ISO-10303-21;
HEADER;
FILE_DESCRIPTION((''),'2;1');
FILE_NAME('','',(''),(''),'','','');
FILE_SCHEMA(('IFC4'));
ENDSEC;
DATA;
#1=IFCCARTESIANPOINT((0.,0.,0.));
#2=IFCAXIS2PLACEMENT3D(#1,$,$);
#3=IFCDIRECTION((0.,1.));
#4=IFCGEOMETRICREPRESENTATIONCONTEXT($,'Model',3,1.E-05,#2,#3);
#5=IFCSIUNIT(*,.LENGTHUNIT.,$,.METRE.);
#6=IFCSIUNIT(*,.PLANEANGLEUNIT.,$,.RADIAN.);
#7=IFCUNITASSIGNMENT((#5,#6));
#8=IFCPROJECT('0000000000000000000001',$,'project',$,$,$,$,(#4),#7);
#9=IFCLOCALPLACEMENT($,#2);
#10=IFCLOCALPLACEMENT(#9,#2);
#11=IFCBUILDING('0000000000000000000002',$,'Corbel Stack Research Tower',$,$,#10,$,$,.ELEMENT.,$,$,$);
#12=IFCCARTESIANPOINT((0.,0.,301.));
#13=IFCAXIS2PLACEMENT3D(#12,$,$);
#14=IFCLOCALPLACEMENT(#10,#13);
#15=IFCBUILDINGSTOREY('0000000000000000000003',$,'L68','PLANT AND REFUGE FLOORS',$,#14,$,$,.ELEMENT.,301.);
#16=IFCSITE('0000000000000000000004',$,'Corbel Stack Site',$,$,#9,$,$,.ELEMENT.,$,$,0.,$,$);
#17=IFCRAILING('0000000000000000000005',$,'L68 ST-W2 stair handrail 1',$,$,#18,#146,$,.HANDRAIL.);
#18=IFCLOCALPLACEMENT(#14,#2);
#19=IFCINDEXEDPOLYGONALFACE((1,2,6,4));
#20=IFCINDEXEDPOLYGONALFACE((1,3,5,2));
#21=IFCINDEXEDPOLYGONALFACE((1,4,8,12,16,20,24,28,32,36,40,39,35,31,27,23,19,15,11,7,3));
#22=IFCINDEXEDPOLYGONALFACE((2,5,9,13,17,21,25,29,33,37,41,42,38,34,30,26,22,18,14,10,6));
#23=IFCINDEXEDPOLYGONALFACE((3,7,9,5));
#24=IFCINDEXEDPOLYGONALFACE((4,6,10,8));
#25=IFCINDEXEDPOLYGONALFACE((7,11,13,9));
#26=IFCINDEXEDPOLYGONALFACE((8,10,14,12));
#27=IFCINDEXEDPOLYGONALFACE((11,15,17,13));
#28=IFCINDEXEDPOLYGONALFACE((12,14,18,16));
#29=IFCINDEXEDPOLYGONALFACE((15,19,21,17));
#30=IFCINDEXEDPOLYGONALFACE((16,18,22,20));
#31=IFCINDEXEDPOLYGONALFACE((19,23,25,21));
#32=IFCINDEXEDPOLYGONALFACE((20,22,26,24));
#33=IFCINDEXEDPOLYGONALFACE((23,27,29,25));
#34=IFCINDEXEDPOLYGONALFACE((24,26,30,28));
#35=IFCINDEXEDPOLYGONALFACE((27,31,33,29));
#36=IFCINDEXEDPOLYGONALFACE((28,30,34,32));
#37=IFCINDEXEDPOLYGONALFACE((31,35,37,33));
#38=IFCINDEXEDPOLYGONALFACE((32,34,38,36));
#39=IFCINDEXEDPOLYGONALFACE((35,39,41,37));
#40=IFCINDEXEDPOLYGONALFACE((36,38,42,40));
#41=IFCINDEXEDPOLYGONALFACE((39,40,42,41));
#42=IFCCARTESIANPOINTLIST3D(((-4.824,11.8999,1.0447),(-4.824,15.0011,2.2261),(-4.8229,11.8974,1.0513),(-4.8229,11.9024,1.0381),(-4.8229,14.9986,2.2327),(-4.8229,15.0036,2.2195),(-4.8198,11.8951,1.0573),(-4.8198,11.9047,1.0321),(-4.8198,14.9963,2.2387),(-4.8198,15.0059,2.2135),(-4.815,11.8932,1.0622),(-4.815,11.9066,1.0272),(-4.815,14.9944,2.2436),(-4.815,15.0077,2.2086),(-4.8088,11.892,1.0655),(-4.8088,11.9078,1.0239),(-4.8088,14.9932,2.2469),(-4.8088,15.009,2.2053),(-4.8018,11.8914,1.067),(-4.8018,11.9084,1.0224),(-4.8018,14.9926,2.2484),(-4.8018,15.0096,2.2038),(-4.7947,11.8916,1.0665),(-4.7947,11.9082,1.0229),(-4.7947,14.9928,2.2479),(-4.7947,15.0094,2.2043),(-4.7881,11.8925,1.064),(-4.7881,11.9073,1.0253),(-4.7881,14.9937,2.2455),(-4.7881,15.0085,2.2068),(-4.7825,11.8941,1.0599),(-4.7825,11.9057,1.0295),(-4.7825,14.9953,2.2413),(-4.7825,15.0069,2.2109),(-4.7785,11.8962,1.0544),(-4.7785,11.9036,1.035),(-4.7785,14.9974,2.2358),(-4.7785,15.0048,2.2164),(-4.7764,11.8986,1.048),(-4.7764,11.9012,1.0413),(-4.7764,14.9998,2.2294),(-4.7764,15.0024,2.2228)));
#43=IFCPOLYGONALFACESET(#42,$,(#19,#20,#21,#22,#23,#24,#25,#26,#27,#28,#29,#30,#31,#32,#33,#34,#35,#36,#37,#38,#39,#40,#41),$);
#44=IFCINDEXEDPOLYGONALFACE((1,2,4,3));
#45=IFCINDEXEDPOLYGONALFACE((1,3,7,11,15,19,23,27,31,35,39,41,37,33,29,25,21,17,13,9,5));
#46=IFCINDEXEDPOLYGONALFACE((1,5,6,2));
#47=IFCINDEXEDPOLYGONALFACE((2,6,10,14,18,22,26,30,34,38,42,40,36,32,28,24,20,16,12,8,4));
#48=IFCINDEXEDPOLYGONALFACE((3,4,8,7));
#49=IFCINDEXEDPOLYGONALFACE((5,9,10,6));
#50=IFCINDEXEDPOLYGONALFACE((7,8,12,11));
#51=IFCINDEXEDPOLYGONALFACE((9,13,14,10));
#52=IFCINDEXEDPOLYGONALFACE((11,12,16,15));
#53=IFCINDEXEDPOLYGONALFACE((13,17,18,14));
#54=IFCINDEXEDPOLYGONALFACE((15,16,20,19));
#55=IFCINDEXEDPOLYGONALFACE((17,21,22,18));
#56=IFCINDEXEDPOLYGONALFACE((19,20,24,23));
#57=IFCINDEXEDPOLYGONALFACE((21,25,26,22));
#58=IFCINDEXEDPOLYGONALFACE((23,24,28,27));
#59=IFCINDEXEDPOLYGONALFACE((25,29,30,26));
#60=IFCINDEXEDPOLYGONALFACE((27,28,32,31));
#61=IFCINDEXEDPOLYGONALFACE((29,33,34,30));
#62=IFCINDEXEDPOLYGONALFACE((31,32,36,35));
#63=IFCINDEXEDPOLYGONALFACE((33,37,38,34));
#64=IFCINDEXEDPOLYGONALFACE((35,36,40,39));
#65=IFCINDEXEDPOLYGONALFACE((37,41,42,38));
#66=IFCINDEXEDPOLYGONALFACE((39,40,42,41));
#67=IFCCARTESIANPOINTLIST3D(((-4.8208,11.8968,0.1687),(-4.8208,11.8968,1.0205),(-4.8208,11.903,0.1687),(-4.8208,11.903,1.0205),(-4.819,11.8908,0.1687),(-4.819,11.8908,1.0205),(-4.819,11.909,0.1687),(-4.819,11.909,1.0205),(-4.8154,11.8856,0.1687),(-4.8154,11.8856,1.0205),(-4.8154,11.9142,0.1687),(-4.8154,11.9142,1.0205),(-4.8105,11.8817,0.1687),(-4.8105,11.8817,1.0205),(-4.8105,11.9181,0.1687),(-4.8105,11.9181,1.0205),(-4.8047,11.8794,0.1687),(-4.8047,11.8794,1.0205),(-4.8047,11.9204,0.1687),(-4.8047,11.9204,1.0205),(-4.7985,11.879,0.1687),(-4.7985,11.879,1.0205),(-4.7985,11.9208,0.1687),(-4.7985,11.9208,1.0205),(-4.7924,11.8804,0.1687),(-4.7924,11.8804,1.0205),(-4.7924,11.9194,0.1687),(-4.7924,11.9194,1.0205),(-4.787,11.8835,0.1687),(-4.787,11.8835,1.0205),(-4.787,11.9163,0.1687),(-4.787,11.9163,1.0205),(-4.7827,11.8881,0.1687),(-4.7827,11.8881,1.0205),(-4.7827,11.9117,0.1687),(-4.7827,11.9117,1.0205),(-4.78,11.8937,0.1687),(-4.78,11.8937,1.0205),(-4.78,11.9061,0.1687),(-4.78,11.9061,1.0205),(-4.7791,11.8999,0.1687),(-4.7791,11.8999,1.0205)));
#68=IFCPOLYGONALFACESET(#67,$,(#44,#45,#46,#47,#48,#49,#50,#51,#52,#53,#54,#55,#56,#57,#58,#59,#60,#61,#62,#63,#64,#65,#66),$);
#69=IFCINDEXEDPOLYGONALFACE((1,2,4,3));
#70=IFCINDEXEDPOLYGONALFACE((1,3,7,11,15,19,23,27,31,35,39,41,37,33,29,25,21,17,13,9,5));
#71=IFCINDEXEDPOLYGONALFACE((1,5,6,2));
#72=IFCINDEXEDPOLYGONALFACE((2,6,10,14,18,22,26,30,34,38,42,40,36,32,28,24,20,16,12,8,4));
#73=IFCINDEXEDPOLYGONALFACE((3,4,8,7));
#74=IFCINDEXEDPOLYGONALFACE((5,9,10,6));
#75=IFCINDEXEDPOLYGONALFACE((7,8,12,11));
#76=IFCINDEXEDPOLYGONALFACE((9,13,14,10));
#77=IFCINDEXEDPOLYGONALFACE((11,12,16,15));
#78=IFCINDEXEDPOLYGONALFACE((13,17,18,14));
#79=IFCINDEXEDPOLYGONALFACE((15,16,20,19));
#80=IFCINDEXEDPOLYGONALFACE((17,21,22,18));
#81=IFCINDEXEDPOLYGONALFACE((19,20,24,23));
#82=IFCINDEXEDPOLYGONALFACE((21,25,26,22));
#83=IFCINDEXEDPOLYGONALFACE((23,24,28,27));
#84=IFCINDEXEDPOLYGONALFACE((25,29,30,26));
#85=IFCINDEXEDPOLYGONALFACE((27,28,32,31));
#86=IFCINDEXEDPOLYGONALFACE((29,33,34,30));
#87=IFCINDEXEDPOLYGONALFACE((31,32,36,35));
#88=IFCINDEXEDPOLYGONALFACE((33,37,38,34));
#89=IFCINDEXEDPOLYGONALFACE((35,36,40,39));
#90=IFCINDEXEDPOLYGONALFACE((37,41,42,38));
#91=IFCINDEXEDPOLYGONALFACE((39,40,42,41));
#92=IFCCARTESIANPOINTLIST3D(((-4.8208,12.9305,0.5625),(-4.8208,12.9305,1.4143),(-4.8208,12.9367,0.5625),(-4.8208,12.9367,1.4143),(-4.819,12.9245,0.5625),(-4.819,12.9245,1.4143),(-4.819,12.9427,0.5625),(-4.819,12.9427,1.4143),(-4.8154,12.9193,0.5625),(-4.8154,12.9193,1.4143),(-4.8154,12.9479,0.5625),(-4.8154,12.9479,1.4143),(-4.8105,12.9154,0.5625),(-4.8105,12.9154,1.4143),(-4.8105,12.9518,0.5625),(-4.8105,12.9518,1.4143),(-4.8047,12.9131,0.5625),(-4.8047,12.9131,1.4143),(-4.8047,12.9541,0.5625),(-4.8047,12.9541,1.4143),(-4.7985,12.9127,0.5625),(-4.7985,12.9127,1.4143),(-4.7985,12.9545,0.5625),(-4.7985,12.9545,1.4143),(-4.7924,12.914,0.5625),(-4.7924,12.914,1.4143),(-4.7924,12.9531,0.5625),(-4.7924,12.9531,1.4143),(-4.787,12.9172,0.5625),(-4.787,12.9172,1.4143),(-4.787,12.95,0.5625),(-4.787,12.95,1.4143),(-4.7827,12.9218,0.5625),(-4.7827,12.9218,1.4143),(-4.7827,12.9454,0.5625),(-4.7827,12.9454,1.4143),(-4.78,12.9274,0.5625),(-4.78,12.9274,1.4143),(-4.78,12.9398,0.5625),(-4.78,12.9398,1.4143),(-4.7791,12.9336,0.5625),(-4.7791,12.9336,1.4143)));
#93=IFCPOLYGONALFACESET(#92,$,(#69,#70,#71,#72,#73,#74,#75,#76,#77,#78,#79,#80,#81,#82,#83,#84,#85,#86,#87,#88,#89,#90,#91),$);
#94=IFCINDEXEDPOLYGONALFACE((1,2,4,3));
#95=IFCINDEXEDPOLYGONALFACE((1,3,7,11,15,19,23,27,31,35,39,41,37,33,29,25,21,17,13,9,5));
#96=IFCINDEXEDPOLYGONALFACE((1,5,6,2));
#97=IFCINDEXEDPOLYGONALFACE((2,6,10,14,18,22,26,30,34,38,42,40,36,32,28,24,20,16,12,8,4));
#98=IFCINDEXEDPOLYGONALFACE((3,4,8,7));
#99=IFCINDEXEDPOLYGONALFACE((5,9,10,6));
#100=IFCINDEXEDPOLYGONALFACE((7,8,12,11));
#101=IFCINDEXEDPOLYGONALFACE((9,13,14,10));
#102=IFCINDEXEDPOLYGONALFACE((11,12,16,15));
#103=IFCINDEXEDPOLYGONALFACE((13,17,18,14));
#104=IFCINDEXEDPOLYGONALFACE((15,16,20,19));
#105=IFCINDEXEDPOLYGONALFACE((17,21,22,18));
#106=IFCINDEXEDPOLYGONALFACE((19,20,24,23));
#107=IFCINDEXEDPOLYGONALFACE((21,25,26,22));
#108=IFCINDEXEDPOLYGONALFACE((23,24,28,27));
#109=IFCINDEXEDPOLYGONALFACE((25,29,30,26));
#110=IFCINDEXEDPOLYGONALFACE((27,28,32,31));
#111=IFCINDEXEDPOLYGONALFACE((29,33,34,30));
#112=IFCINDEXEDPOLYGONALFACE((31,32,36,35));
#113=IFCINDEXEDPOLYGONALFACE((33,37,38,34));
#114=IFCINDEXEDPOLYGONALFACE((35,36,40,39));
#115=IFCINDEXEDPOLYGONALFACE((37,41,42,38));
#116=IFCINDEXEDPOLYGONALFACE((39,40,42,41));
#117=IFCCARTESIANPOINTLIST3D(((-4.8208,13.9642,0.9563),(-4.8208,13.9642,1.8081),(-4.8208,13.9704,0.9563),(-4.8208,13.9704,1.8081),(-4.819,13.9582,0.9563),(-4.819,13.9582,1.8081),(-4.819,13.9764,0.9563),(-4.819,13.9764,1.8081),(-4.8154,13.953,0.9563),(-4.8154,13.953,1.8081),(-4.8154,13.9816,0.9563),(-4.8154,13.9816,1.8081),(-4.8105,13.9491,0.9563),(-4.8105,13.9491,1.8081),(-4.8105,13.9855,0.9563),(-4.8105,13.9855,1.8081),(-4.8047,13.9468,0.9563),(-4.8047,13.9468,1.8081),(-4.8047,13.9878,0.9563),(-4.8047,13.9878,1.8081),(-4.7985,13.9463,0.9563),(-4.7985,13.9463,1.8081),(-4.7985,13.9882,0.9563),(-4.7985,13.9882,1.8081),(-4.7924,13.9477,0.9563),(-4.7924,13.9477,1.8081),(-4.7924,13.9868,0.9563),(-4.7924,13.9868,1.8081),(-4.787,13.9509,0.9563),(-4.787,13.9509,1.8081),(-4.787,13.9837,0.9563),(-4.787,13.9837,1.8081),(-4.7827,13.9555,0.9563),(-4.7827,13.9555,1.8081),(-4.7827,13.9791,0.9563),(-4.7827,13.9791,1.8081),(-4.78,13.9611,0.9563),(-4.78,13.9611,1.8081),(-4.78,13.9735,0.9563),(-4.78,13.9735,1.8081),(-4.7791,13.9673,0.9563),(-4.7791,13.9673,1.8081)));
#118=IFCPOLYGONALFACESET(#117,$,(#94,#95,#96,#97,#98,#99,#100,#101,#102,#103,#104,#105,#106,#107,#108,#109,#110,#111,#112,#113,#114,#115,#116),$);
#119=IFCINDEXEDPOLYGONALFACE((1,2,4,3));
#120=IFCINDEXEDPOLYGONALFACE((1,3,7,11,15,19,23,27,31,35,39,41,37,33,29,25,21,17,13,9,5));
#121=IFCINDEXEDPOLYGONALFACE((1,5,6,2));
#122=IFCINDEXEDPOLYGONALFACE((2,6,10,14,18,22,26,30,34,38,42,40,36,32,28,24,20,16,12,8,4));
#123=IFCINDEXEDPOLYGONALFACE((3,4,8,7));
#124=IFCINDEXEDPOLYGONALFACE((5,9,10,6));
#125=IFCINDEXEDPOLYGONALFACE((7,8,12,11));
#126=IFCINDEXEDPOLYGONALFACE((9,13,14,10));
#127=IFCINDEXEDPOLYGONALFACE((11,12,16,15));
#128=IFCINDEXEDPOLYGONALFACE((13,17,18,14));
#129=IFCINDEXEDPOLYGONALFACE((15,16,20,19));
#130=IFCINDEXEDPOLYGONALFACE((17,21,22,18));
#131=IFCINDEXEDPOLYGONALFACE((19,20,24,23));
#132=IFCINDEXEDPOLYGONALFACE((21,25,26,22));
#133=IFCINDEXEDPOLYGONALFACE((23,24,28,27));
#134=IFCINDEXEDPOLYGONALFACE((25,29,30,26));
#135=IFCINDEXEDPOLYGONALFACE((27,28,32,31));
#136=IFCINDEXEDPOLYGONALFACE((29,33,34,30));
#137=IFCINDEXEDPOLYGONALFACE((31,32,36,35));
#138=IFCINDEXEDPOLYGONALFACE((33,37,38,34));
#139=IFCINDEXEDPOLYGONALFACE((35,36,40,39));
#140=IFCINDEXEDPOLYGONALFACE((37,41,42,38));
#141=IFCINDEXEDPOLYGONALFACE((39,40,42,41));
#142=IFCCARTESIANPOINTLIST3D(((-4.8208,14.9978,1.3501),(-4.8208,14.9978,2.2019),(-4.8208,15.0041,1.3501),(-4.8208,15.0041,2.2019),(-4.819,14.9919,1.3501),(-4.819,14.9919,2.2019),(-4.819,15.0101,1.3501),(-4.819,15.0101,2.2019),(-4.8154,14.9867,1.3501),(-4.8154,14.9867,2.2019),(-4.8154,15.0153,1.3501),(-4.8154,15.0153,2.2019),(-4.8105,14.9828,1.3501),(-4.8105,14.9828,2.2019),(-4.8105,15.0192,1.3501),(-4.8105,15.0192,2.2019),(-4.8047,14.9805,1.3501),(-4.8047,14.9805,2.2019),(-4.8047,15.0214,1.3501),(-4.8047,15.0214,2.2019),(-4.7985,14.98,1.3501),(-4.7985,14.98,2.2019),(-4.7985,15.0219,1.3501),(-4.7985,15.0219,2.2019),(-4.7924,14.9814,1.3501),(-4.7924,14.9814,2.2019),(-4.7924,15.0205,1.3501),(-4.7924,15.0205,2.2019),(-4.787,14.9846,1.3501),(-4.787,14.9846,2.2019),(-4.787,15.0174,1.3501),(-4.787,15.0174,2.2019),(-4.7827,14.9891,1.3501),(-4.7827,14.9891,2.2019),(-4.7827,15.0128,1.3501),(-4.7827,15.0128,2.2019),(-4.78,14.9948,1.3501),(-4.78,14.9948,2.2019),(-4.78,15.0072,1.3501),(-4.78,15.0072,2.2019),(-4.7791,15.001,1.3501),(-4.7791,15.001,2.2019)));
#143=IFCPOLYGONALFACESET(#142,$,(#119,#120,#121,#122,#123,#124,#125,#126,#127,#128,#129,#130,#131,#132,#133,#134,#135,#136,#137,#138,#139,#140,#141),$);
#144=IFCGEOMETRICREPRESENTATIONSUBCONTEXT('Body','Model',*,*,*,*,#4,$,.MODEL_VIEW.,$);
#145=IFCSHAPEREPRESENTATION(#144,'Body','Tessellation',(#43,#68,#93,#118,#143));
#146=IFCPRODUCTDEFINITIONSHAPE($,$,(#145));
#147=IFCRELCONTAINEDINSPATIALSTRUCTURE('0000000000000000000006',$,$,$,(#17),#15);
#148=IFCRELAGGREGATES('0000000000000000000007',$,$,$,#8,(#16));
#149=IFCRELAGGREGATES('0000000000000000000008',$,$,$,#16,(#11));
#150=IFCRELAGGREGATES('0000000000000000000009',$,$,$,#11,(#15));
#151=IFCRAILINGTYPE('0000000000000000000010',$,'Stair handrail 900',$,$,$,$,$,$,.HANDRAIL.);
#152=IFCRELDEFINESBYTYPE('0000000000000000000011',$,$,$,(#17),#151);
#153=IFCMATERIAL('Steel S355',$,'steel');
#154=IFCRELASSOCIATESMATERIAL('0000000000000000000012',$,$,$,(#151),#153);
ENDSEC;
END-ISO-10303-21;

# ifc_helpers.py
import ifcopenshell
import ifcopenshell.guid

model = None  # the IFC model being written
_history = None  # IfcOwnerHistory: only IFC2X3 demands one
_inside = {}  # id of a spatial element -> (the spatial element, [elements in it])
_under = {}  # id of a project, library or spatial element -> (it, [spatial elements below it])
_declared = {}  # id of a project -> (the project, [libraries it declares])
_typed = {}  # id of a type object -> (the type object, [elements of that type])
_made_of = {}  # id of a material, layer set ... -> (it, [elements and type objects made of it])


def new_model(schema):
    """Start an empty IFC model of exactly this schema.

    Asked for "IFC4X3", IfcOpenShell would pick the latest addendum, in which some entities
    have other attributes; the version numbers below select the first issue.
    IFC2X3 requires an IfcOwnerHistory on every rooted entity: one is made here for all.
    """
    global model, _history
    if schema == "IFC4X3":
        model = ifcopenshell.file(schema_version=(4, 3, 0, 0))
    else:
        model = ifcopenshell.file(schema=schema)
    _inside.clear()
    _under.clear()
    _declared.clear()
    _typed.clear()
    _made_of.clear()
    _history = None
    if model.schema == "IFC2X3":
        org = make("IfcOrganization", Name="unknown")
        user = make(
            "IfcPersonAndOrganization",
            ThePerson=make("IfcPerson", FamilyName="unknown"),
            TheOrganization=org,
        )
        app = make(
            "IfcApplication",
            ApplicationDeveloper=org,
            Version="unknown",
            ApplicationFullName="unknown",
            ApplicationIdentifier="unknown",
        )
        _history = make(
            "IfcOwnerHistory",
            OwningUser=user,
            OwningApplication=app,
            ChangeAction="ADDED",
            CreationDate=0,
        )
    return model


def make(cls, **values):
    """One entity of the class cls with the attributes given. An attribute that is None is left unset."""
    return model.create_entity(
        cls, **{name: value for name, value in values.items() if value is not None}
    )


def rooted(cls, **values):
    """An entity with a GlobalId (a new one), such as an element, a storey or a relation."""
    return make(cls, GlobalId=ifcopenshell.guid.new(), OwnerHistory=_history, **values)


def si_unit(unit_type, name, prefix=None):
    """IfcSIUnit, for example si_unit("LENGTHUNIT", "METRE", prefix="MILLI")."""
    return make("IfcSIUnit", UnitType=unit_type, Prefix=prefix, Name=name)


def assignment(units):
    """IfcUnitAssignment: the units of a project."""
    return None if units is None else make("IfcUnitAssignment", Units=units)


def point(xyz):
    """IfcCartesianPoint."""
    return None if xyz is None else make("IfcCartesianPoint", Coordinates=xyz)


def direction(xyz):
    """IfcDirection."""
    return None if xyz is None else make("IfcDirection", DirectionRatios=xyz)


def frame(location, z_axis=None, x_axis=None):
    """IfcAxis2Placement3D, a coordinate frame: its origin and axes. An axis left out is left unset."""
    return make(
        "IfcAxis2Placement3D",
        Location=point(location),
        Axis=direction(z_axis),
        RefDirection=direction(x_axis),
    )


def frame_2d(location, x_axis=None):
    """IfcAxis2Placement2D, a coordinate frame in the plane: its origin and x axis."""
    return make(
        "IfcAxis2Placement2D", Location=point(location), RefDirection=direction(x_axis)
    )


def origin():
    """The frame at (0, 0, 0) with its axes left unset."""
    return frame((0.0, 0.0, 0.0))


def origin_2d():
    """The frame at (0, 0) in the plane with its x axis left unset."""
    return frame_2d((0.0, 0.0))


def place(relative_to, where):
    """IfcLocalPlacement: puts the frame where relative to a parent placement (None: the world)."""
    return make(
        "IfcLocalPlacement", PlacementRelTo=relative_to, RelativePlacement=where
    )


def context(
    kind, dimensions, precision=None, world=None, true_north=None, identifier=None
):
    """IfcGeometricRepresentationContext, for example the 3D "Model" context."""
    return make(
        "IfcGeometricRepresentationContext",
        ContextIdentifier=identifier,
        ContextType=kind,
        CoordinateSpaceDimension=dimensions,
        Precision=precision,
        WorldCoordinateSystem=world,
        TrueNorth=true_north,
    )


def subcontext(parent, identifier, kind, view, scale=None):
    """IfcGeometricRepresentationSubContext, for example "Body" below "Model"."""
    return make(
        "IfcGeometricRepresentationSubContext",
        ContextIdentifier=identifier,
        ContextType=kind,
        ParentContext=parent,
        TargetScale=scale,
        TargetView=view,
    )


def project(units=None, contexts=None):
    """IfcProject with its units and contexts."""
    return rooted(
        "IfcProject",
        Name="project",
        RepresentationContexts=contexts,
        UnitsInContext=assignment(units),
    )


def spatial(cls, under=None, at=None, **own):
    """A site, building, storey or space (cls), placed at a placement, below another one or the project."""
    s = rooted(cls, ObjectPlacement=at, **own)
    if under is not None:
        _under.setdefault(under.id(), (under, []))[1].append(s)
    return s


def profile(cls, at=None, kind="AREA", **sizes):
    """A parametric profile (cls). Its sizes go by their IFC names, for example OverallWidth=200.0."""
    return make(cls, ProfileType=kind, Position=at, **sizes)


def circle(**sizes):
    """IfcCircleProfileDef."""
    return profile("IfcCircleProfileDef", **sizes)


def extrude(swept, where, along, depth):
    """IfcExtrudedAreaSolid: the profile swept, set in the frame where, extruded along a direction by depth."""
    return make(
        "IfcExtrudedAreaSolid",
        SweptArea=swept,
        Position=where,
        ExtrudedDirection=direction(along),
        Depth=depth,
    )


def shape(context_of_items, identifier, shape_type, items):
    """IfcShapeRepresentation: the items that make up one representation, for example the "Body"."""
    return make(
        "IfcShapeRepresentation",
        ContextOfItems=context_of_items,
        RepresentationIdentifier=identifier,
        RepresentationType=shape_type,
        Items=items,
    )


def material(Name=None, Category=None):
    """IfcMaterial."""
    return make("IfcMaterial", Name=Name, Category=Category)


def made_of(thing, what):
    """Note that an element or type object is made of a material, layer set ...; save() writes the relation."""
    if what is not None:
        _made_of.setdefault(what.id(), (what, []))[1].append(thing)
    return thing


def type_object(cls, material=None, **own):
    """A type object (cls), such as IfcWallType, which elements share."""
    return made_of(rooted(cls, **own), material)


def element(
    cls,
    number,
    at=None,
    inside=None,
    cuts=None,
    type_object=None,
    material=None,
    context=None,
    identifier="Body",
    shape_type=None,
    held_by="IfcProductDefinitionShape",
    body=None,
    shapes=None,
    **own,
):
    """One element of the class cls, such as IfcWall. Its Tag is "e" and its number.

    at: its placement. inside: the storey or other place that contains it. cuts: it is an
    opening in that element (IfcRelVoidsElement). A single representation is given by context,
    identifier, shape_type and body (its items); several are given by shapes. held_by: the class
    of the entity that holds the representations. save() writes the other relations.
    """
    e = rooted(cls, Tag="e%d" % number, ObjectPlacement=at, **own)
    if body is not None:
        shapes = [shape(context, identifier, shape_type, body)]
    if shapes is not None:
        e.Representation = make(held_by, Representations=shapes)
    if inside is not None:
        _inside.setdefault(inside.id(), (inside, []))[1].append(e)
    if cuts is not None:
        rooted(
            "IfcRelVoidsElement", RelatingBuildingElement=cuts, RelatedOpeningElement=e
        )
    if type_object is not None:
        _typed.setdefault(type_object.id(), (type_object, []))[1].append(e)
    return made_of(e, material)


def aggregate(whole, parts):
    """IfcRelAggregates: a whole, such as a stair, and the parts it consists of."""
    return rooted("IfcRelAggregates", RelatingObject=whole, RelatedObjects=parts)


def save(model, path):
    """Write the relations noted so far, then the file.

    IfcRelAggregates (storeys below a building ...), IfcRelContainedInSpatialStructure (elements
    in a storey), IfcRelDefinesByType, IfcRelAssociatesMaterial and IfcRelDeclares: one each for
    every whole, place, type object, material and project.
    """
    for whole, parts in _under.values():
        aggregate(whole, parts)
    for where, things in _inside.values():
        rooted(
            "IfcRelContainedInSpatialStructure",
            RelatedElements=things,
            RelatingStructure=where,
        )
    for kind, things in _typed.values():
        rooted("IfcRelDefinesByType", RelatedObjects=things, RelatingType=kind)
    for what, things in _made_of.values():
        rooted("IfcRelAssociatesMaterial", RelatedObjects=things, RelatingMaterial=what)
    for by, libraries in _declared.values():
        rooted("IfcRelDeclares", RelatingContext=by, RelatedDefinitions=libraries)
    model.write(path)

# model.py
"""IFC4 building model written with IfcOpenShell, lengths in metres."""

from ifc_helpers import new_model, si_unit, direction, frame, origin, origin_2d, place, context, subcontext, project, spatial, circle, extrude, material, type_object, element, save


model = new_model("IFC4")

# Units and contexts
model_context = context("Model", 3, precision=1e-05, world=origin(), true_north=direction((0.0, 1.0)))
body_context = subcontext(model_context, "Body", "Model", "MODEL_VIEW")
ifc_project = project(units=[si_unit("LENGTHUNIT", "METRE"), si_unit("PLANEANGLEUNIT", "RADIAN")], contexts=[model_context])

# Site, building, storey
site_placement = place(None, origin())
site = spatial("IfcSite", under=ifc_project, at=site_placement, Name="Corbel Stack Site", CompositionType="ELEMENT", RefElevation=0.0)
building_placement = place(site_placement, origin())
building = spatial("IfcBuilding", under=site, at=building_placement, Name="Corbel Stack Research Tower", CompositionType="ELEMENT")
storey_placement = place(building_placement, frame((0.0, 0.0, 301.0)))
storey = spatial("IfcBuildingStorey", under=building, at=storey_placement, Name="L68", Description="PLANT AND REFUGE FLOORS", CompositionType="ELEMENT", Elevation=301.0)

# Railing
ifc_material_1 = material(Name="Steel S355", Category="steel")
railing_type_1 = type_object("IfcRailingType", Name="Stair handrail 900", PredefinedType="HANDRAIL", material=ifc_material_1)
railing_1_placement = place(storey_placement, frame((-4.8, 11.8999, 0.1687)))
element("IfcRailing", 1, at=railing_1_placement, inside=storey, type_object=railing_type_1, Name="L68 ST-W2 stair handrail 1", PredefinedType="HANDRAIL", context=body_context, shape_type="SweptSolid", body=[
    extrude(circle(Radius=0.0239, at=origin_2d()), frame((0.0, 0.0, 0.876), z_axis=(0.0, 0.934484, 0.356005), x_axis=(-1.0, 0.0, 0.0)), (0.0, 0.0, 1.0), 3.3186),
    extrude(circle(Radius=0.021, at=origin_2d()), origin(), (0.0, 0.0, 1.0), 0.8518),
    extrude(circle(Radius=0.021, at=origin_2d()), frame((0.0, 1.0337, 0.3938)), (0.0, 0.0, 1.0), 0.8518),
    extrude(circle(Radius=0.021, at=origin_2d()), frame((0.0, 2.0674, 0.7876)), (0.0, 0.0, 1.0), 0.8518),
    extrude(circle(Radius=0.021, at=origin_2d()), frame((0.0, 3.1011, 1.1814)), (0.0, 0.0, 1.0), 0.8518),
])

save(model, "model.ifc")
